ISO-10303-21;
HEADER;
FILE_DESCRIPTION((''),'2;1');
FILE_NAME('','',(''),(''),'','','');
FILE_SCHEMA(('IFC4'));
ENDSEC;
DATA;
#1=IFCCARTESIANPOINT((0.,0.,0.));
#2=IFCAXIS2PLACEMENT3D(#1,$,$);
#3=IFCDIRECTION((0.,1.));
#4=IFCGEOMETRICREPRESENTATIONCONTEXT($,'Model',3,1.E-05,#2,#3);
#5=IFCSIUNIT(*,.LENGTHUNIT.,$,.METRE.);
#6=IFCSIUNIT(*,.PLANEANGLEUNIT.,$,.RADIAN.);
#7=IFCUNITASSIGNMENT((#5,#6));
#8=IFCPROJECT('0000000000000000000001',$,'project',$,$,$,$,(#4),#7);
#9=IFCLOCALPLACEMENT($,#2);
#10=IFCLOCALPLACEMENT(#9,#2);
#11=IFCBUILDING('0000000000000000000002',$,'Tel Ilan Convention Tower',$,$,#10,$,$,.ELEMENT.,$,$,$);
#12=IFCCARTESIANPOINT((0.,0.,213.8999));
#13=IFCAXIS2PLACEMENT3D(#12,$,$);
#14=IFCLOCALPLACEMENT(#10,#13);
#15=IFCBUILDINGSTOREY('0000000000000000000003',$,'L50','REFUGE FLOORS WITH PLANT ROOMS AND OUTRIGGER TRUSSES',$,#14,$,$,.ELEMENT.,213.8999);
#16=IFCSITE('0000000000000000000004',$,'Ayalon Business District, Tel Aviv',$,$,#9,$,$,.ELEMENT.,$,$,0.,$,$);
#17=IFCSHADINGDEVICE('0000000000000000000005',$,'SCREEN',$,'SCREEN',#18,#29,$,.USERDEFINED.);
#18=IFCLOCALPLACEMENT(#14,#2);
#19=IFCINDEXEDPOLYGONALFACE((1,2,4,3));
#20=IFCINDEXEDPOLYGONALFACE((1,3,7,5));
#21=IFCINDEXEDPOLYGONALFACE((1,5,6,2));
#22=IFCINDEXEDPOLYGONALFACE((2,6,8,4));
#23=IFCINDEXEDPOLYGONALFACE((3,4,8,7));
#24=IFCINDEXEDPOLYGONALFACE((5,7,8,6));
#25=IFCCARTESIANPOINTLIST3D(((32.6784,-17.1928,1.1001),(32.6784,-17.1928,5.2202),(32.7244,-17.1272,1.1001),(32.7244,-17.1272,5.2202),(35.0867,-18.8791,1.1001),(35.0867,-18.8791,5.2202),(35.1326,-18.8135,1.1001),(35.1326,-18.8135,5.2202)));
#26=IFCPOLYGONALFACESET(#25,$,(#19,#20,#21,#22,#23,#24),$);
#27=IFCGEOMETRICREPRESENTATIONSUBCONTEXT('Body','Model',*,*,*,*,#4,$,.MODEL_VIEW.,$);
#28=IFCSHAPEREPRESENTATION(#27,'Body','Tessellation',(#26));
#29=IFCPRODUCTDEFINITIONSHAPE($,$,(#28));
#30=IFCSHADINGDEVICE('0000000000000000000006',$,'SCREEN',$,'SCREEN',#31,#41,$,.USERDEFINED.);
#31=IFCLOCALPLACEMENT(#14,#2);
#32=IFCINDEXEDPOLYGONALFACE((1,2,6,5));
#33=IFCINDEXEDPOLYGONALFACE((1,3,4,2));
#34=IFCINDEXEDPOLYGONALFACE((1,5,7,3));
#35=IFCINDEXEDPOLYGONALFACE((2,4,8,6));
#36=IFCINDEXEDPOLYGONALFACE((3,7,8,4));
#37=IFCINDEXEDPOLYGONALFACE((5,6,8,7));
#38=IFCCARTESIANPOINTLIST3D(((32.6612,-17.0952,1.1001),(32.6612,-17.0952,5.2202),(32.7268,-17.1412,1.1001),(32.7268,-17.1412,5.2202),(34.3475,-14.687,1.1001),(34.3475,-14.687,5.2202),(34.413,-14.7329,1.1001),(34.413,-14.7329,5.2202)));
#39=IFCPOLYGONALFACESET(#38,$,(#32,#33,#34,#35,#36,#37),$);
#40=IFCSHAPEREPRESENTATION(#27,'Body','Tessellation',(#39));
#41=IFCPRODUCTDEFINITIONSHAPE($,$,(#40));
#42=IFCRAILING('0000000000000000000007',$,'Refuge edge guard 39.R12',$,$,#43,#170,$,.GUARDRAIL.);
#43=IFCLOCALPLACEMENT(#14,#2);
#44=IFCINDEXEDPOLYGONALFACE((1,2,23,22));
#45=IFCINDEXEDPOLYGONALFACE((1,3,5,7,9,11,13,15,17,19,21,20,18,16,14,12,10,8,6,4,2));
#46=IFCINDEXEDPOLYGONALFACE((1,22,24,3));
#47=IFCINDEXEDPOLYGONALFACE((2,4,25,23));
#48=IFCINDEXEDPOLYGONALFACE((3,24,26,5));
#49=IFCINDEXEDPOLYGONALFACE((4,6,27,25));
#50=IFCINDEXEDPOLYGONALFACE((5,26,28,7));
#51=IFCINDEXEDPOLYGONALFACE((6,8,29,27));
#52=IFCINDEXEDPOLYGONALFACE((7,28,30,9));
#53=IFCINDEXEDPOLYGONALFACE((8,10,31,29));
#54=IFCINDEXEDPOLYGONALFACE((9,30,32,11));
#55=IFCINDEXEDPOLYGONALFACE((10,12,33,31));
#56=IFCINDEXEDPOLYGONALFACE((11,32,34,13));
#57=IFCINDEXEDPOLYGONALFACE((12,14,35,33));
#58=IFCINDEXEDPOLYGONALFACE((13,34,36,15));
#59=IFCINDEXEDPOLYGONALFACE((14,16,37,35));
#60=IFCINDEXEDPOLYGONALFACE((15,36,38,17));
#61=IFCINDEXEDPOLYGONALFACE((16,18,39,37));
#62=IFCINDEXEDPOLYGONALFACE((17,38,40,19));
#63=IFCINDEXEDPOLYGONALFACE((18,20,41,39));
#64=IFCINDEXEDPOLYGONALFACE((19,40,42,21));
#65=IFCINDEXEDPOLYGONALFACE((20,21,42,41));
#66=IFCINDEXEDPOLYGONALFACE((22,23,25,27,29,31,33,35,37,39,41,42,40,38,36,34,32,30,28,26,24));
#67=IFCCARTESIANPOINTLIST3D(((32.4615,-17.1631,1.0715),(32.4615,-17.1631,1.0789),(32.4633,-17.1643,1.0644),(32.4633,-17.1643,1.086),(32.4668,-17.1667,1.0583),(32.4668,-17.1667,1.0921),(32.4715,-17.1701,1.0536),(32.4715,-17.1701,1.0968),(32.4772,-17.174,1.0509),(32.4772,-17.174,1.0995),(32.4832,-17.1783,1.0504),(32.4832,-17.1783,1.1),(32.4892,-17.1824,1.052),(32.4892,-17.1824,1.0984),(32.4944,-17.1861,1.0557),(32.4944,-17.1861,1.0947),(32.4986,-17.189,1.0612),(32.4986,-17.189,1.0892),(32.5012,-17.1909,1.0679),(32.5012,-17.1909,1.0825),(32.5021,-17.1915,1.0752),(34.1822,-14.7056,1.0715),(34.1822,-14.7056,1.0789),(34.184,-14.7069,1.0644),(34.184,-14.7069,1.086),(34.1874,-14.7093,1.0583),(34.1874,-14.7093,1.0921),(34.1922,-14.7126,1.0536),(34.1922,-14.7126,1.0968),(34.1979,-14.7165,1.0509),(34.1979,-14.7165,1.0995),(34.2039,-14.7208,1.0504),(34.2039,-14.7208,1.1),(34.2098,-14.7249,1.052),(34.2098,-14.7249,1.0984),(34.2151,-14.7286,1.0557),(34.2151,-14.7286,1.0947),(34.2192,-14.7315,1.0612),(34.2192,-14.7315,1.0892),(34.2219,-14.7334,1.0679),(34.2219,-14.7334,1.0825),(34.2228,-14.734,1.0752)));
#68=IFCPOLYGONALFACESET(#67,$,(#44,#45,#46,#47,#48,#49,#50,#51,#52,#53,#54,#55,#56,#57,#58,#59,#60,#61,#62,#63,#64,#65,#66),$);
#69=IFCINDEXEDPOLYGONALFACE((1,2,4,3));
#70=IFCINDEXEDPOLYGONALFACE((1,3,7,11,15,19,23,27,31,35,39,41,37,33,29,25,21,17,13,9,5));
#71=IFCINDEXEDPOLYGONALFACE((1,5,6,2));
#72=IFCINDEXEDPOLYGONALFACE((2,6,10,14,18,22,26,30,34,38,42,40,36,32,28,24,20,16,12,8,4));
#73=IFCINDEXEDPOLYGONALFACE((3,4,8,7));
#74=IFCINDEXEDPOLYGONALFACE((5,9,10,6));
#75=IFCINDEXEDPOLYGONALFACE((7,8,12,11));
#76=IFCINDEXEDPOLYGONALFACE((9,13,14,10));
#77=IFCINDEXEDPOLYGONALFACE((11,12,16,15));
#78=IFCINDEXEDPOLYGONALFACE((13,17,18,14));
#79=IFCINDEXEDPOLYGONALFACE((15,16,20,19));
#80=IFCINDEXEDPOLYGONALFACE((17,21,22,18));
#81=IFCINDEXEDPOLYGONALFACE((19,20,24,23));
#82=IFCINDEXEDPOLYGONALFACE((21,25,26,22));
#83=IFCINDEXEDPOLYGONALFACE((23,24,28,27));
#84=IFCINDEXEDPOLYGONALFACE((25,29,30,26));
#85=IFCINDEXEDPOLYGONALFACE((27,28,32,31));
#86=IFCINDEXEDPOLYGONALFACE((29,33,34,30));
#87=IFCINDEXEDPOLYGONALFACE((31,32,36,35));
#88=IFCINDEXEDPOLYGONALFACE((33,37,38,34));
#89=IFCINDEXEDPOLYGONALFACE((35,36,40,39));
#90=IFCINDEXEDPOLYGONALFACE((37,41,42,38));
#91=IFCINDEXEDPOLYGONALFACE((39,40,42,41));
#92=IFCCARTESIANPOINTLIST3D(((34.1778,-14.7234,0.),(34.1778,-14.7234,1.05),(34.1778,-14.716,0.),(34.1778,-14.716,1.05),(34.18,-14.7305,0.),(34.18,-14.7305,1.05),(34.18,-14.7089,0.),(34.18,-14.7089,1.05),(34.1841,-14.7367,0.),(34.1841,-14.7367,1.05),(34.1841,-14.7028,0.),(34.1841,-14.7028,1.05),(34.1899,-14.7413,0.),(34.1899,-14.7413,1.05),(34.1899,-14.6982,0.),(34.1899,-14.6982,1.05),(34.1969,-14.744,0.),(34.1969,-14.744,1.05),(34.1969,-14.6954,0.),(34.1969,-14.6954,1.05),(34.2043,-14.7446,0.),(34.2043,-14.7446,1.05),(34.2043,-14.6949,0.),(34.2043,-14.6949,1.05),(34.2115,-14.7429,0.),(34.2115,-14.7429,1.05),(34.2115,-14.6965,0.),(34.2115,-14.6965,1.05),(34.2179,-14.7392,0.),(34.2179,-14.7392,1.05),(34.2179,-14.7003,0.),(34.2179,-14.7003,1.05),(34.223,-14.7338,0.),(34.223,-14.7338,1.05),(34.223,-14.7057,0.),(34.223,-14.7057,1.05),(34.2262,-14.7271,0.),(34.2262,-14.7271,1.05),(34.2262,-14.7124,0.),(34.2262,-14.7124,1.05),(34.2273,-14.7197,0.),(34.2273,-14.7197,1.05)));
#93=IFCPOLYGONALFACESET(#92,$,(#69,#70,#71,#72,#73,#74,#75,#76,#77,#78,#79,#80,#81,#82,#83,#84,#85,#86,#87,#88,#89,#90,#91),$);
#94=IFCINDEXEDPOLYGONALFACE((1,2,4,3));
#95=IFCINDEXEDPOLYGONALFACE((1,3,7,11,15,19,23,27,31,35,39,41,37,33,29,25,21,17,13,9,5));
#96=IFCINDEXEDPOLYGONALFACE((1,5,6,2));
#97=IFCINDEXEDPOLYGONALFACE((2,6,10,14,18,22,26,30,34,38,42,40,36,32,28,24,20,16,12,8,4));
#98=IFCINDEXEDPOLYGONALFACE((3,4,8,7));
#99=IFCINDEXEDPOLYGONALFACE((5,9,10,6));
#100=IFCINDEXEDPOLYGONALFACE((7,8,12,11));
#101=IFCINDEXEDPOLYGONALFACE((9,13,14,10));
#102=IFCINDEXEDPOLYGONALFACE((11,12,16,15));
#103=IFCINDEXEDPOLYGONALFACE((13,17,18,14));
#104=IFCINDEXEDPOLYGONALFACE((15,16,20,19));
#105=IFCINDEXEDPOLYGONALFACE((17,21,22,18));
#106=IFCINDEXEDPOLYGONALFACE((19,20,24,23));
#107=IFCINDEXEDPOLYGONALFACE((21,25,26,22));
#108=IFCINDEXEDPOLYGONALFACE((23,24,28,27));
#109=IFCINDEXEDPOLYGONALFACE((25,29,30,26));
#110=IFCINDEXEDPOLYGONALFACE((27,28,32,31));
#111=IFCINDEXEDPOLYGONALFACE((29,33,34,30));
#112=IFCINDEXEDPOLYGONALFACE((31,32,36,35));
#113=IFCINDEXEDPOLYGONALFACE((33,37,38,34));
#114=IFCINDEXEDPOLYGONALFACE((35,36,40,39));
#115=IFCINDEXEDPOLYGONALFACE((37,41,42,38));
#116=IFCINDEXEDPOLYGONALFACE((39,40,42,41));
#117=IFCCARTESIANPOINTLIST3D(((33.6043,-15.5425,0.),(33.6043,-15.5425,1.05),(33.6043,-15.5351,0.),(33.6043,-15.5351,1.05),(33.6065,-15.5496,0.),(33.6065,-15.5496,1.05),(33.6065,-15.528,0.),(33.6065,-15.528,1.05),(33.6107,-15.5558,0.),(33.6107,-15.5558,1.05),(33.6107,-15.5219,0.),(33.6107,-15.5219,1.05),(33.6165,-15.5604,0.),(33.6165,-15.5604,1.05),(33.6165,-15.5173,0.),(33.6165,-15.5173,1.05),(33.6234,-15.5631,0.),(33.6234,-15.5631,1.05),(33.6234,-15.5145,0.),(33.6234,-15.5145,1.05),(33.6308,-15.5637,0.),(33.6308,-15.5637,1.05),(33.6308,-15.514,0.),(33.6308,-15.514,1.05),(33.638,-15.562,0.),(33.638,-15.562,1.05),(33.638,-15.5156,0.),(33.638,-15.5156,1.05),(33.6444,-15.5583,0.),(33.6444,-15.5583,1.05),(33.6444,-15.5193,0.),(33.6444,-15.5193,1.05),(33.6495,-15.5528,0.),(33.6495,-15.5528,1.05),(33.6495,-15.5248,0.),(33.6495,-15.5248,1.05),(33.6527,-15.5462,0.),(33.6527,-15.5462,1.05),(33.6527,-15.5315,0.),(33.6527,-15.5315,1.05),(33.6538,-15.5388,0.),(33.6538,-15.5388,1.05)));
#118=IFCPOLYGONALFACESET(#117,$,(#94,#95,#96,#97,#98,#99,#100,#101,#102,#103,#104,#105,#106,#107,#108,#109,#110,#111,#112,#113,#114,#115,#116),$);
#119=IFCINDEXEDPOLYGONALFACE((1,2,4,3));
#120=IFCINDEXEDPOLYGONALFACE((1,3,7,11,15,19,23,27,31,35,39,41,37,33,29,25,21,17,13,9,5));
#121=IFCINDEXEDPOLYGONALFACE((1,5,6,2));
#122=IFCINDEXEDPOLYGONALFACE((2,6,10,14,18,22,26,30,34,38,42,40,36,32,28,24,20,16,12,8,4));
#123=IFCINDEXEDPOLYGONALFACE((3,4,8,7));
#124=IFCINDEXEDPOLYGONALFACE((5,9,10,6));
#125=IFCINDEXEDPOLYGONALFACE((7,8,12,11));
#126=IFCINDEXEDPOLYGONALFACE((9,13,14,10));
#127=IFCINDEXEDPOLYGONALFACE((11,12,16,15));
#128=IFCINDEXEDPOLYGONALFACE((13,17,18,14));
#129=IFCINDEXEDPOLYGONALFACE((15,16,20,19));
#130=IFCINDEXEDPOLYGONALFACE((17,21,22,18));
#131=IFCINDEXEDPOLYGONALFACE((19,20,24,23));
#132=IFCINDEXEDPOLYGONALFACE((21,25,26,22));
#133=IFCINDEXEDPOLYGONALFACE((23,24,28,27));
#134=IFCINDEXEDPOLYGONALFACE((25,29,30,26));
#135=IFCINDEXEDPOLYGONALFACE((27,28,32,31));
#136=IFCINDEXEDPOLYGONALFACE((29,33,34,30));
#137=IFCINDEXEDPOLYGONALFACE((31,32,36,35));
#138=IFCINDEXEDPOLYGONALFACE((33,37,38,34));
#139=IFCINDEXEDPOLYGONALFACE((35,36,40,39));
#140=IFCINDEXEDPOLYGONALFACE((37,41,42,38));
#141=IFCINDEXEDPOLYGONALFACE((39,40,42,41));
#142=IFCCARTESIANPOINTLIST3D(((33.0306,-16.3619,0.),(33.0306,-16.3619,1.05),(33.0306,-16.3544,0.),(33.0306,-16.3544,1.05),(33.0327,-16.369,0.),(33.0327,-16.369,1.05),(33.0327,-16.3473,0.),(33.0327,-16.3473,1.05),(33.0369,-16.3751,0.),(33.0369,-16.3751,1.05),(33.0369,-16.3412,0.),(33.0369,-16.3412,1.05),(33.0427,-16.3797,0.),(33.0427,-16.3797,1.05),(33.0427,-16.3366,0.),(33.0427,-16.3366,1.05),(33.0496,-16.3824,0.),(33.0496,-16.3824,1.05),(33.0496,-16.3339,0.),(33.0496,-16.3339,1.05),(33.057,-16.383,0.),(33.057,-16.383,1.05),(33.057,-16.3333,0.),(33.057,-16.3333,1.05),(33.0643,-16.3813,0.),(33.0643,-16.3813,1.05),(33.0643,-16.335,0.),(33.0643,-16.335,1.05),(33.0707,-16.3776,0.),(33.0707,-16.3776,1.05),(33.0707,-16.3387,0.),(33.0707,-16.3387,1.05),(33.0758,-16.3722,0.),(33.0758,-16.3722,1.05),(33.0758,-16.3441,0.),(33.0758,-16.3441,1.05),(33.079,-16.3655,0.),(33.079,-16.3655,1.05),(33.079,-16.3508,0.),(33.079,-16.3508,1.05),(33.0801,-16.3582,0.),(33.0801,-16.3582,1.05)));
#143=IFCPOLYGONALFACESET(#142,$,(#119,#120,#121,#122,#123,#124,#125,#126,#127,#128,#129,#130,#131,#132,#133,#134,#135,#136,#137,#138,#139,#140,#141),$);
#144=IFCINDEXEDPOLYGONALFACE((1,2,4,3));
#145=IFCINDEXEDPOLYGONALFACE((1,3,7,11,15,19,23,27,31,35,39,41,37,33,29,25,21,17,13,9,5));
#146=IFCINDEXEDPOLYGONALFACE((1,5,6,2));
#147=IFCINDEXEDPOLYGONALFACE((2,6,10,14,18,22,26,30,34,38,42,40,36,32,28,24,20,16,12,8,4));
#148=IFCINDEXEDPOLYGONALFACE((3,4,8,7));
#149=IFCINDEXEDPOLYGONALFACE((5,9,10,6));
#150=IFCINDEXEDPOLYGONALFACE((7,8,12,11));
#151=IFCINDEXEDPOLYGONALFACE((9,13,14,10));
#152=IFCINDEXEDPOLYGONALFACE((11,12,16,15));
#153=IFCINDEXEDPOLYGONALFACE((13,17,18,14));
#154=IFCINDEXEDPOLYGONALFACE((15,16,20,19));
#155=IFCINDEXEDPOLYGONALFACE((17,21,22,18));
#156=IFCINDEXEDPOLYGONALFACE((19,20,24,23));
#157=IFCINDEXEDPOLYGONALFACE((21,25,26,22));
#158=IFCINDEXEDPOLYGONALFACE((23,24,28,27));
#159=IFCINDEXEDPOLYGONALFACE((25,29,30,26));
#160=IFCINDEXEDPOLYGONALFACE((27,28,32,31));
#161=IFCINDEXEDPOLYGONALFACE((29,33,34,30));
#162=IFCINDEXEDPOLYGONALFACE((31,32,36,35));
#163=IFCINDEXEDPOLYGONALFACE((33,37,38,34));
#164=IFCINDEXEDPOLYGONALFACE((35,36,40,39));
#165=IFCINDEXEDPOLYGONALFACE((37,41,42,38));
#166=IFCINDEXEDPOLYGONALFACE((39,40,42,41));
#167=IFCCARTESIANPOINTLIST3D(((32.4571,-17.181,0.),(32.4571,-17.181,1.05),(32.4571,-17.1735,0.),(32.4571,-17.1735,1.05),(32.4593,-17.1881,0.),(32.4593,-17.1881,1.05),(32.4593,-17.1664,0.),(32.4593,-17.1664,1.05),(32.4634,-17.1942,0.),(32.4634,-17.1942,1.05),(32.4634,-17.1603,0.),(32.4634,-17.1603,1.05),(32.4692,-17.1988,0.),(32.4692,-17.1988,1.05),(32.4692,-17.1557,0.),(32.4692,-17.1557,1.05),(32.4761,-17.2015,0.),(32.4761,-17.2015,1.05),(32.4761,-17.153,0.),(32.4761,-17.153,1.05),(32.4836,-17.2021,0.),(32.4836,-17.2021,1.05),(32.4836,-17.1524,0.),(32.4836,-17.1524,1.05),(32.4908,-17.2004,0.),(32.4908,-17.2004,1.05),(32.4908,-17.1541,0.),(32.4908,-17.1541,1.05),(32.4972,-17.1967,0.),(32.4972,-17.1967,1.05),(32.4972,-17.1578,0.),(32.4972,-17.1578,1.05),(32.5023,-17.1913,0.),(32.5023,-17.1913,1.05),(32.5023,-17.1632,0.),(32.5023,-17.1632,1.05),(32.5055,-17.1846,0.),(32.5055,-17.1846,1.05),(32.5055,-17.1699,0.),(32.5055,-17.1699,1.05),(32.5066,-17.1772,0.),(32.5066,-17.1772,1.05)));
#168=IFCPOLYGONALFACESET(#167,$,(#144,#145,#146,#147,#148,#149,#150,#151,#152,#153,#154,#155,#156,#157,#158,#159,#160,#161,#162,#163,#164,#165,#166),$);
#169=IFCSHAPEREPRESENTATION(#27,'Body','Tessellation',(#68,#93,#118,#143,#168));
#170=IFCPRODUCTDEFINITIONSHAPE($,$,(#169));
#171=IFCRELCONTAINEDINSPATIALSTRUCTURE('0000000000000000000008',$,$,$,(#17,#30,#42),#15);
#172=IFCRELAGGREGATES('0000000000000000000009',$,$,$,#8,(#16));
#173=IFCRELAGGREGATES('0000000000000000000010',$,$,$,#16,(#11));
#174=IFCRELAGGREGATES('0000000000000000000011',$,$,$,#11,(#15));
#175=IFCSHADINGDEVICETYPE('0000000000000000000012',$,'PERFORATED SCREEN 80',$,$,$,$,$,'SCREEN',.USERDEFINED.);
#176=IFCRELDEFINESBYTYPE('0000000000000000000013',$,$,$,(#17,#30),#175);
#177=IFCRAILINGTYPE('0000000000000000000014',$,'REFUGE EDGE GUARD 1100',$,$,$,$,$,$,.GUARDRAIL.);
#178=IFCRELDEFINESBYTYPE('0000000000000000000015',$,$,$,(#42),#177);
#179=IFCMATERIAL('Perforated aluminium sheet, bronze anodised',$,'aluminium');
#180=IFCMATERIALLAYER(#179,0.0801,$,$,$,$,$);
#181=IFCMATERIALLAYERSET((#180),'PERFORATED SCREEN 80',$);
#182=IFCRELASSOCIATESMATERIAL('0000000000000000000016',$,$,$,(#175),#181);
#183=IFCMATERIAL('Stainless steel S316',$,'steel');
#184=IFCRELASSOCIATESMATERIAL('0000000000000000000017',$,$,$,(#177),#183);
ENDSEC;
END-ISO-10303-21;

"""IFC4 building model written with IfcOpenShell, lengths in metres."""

from ifc_helpers import new_model, si_unit, direction, frame, origin, origin_2d, place, context, subcontext, project, spatial, rectangle, circle, extrude, material, layer, layer_set, type_object, element, save


model = new_model("IFC4")

# Units and contexts
model_context = context("Model", 3, precision=1e-05, world=origin(), true_north=direction((0.0, 1.0)))
body_context = subcontext(model_context, "Body", "Model", "MODEL_VIEW")
ifc_project = project(units=[si_unit("LENGTHUNIT", "METRE"), si_unit("PLANEANGLEUNIT", "RADIAN")], contexts=[model_context])

# Site, building, storey
site_placement = place(None, origin())
site = spatial("IfcSite", under=ifc_project, at=site_placement, Name="Ayalon Business District, Tel Aviv", CompositionType="ELEMENT", RefElevation=0.0)
building_placement = place(site_placement, origin())
building = spatial("IfcBuilding", under=site, at=building_placement, Name="Tel Ilan Convention Tower", CompositionType="ELEMENT")
storey_placement = place(building_placement, frame((0.0, 0.0, 213.8999)))
storey = spatial("IfcBuildingStorey", under=building, at=storey_placement, Name="L50", Description="REFUGE FLOORS WITH PLANT ROOMS AND OUTRIGGER TRUSSES", CompositionType="ELEMENT", Elevation=213.8999)

# Shading devices
ifc_material_1 = material(Name="Perforated aluminium sheet, bronze anodised", Category="aluminium")
ifc_layer_1 = layer(ifc_material_1, 0.0801)
ifc_layer_set_1 = layer_set([ifc_layer_1], Name="PERFORATED SCREEN 80")
shading_device_type_1 = type_object("IfcShadingDeviceType", Name="PERFORATED SCREEN 80", ElementType="SCREEN", PredefinedType="USERDEFINED", material=ifc_layer_set_1)
for number, where, z_axis, x_axis, name in (
    (1, (33.9055, -18.0032, 1.1001), (0.0, 0.0, 1.0), (-0.819152, 0.573576, 0.0), "SCREEN"),
    (2, (33.5371, -15.9141, 1.1001), (0.0, 0.0, 1.0), (0.573576, 0.819152, 0.0), "SCREEN"),
):
    element("IfcShadingDevice", number, at=place(storey_placement, frame(where, z_axis=z_axis, x_axis=x_axis)), inside=storey, type_object=shading_device_type_1, Name=name, ObjectType="SCREEN", PredefinedType="USERDEFINED", context=body_context, shape_type="SweptSolid", body=[
        extrude(rectangle(XDim=2.9399, YDim=0.0801, at=origin_2d()), origin(), (0.0, 0.0, 1.0), 4.1201),
    ])

# Railing
ifc_material_2 = material(Name="Stainless steel S316", Category="steel")
railing_type = type_object("IfcRailingType", Name="REFUGE EDGE GUARD 1100", PredefinedType="GUARDRAIL", material=ifc_material_2)
railing_1_placement = place(storey_placement, frame((34.2024, -14.7197, 0.0)))
element("IfcRailing", 3, at=railing_1_placement, inside=storey, type_object=railing_type, Name="Refuge edge guard 39.R12", PredefinedType="GUARDRAIL", context=body_context, shape_type="SweptSolid", body=[
    extrude(circle(Radius=0.0249, at=origin_2d()), frame((0.0, 0.0, 1.0752), z_axis=(-0.573561, -0.819163, 0.0), x_axis=(0.819163, -0.573561, 0.0)), (0.0, 0.0, 1.0), 3.0),
    extrude(circle(Radius=0.0249, at=origin_2d()), origin(), (0.0, 0.0, 1.0), 1.05),
    extrude(circle(Radius=0.0249, at=origin_2d()), frame((-0.5735, -0.8191, 0.0)), (0.0, 0.0, 1.0), 1.05),
    extrude(circle(Radius=0.0249, at=origin_2d()), frame((-1.1472, -1.6384, 0.0)), (0.0, 0.0, 1.0), 1.05),
    extrude(circle(Radius=0.0249, at=origin_2d()), frame((-1.7207, -2.4575, 0.0)), (0.0, 0.0, 1.0), 1.05),
])

save(model, "model.ifc")
